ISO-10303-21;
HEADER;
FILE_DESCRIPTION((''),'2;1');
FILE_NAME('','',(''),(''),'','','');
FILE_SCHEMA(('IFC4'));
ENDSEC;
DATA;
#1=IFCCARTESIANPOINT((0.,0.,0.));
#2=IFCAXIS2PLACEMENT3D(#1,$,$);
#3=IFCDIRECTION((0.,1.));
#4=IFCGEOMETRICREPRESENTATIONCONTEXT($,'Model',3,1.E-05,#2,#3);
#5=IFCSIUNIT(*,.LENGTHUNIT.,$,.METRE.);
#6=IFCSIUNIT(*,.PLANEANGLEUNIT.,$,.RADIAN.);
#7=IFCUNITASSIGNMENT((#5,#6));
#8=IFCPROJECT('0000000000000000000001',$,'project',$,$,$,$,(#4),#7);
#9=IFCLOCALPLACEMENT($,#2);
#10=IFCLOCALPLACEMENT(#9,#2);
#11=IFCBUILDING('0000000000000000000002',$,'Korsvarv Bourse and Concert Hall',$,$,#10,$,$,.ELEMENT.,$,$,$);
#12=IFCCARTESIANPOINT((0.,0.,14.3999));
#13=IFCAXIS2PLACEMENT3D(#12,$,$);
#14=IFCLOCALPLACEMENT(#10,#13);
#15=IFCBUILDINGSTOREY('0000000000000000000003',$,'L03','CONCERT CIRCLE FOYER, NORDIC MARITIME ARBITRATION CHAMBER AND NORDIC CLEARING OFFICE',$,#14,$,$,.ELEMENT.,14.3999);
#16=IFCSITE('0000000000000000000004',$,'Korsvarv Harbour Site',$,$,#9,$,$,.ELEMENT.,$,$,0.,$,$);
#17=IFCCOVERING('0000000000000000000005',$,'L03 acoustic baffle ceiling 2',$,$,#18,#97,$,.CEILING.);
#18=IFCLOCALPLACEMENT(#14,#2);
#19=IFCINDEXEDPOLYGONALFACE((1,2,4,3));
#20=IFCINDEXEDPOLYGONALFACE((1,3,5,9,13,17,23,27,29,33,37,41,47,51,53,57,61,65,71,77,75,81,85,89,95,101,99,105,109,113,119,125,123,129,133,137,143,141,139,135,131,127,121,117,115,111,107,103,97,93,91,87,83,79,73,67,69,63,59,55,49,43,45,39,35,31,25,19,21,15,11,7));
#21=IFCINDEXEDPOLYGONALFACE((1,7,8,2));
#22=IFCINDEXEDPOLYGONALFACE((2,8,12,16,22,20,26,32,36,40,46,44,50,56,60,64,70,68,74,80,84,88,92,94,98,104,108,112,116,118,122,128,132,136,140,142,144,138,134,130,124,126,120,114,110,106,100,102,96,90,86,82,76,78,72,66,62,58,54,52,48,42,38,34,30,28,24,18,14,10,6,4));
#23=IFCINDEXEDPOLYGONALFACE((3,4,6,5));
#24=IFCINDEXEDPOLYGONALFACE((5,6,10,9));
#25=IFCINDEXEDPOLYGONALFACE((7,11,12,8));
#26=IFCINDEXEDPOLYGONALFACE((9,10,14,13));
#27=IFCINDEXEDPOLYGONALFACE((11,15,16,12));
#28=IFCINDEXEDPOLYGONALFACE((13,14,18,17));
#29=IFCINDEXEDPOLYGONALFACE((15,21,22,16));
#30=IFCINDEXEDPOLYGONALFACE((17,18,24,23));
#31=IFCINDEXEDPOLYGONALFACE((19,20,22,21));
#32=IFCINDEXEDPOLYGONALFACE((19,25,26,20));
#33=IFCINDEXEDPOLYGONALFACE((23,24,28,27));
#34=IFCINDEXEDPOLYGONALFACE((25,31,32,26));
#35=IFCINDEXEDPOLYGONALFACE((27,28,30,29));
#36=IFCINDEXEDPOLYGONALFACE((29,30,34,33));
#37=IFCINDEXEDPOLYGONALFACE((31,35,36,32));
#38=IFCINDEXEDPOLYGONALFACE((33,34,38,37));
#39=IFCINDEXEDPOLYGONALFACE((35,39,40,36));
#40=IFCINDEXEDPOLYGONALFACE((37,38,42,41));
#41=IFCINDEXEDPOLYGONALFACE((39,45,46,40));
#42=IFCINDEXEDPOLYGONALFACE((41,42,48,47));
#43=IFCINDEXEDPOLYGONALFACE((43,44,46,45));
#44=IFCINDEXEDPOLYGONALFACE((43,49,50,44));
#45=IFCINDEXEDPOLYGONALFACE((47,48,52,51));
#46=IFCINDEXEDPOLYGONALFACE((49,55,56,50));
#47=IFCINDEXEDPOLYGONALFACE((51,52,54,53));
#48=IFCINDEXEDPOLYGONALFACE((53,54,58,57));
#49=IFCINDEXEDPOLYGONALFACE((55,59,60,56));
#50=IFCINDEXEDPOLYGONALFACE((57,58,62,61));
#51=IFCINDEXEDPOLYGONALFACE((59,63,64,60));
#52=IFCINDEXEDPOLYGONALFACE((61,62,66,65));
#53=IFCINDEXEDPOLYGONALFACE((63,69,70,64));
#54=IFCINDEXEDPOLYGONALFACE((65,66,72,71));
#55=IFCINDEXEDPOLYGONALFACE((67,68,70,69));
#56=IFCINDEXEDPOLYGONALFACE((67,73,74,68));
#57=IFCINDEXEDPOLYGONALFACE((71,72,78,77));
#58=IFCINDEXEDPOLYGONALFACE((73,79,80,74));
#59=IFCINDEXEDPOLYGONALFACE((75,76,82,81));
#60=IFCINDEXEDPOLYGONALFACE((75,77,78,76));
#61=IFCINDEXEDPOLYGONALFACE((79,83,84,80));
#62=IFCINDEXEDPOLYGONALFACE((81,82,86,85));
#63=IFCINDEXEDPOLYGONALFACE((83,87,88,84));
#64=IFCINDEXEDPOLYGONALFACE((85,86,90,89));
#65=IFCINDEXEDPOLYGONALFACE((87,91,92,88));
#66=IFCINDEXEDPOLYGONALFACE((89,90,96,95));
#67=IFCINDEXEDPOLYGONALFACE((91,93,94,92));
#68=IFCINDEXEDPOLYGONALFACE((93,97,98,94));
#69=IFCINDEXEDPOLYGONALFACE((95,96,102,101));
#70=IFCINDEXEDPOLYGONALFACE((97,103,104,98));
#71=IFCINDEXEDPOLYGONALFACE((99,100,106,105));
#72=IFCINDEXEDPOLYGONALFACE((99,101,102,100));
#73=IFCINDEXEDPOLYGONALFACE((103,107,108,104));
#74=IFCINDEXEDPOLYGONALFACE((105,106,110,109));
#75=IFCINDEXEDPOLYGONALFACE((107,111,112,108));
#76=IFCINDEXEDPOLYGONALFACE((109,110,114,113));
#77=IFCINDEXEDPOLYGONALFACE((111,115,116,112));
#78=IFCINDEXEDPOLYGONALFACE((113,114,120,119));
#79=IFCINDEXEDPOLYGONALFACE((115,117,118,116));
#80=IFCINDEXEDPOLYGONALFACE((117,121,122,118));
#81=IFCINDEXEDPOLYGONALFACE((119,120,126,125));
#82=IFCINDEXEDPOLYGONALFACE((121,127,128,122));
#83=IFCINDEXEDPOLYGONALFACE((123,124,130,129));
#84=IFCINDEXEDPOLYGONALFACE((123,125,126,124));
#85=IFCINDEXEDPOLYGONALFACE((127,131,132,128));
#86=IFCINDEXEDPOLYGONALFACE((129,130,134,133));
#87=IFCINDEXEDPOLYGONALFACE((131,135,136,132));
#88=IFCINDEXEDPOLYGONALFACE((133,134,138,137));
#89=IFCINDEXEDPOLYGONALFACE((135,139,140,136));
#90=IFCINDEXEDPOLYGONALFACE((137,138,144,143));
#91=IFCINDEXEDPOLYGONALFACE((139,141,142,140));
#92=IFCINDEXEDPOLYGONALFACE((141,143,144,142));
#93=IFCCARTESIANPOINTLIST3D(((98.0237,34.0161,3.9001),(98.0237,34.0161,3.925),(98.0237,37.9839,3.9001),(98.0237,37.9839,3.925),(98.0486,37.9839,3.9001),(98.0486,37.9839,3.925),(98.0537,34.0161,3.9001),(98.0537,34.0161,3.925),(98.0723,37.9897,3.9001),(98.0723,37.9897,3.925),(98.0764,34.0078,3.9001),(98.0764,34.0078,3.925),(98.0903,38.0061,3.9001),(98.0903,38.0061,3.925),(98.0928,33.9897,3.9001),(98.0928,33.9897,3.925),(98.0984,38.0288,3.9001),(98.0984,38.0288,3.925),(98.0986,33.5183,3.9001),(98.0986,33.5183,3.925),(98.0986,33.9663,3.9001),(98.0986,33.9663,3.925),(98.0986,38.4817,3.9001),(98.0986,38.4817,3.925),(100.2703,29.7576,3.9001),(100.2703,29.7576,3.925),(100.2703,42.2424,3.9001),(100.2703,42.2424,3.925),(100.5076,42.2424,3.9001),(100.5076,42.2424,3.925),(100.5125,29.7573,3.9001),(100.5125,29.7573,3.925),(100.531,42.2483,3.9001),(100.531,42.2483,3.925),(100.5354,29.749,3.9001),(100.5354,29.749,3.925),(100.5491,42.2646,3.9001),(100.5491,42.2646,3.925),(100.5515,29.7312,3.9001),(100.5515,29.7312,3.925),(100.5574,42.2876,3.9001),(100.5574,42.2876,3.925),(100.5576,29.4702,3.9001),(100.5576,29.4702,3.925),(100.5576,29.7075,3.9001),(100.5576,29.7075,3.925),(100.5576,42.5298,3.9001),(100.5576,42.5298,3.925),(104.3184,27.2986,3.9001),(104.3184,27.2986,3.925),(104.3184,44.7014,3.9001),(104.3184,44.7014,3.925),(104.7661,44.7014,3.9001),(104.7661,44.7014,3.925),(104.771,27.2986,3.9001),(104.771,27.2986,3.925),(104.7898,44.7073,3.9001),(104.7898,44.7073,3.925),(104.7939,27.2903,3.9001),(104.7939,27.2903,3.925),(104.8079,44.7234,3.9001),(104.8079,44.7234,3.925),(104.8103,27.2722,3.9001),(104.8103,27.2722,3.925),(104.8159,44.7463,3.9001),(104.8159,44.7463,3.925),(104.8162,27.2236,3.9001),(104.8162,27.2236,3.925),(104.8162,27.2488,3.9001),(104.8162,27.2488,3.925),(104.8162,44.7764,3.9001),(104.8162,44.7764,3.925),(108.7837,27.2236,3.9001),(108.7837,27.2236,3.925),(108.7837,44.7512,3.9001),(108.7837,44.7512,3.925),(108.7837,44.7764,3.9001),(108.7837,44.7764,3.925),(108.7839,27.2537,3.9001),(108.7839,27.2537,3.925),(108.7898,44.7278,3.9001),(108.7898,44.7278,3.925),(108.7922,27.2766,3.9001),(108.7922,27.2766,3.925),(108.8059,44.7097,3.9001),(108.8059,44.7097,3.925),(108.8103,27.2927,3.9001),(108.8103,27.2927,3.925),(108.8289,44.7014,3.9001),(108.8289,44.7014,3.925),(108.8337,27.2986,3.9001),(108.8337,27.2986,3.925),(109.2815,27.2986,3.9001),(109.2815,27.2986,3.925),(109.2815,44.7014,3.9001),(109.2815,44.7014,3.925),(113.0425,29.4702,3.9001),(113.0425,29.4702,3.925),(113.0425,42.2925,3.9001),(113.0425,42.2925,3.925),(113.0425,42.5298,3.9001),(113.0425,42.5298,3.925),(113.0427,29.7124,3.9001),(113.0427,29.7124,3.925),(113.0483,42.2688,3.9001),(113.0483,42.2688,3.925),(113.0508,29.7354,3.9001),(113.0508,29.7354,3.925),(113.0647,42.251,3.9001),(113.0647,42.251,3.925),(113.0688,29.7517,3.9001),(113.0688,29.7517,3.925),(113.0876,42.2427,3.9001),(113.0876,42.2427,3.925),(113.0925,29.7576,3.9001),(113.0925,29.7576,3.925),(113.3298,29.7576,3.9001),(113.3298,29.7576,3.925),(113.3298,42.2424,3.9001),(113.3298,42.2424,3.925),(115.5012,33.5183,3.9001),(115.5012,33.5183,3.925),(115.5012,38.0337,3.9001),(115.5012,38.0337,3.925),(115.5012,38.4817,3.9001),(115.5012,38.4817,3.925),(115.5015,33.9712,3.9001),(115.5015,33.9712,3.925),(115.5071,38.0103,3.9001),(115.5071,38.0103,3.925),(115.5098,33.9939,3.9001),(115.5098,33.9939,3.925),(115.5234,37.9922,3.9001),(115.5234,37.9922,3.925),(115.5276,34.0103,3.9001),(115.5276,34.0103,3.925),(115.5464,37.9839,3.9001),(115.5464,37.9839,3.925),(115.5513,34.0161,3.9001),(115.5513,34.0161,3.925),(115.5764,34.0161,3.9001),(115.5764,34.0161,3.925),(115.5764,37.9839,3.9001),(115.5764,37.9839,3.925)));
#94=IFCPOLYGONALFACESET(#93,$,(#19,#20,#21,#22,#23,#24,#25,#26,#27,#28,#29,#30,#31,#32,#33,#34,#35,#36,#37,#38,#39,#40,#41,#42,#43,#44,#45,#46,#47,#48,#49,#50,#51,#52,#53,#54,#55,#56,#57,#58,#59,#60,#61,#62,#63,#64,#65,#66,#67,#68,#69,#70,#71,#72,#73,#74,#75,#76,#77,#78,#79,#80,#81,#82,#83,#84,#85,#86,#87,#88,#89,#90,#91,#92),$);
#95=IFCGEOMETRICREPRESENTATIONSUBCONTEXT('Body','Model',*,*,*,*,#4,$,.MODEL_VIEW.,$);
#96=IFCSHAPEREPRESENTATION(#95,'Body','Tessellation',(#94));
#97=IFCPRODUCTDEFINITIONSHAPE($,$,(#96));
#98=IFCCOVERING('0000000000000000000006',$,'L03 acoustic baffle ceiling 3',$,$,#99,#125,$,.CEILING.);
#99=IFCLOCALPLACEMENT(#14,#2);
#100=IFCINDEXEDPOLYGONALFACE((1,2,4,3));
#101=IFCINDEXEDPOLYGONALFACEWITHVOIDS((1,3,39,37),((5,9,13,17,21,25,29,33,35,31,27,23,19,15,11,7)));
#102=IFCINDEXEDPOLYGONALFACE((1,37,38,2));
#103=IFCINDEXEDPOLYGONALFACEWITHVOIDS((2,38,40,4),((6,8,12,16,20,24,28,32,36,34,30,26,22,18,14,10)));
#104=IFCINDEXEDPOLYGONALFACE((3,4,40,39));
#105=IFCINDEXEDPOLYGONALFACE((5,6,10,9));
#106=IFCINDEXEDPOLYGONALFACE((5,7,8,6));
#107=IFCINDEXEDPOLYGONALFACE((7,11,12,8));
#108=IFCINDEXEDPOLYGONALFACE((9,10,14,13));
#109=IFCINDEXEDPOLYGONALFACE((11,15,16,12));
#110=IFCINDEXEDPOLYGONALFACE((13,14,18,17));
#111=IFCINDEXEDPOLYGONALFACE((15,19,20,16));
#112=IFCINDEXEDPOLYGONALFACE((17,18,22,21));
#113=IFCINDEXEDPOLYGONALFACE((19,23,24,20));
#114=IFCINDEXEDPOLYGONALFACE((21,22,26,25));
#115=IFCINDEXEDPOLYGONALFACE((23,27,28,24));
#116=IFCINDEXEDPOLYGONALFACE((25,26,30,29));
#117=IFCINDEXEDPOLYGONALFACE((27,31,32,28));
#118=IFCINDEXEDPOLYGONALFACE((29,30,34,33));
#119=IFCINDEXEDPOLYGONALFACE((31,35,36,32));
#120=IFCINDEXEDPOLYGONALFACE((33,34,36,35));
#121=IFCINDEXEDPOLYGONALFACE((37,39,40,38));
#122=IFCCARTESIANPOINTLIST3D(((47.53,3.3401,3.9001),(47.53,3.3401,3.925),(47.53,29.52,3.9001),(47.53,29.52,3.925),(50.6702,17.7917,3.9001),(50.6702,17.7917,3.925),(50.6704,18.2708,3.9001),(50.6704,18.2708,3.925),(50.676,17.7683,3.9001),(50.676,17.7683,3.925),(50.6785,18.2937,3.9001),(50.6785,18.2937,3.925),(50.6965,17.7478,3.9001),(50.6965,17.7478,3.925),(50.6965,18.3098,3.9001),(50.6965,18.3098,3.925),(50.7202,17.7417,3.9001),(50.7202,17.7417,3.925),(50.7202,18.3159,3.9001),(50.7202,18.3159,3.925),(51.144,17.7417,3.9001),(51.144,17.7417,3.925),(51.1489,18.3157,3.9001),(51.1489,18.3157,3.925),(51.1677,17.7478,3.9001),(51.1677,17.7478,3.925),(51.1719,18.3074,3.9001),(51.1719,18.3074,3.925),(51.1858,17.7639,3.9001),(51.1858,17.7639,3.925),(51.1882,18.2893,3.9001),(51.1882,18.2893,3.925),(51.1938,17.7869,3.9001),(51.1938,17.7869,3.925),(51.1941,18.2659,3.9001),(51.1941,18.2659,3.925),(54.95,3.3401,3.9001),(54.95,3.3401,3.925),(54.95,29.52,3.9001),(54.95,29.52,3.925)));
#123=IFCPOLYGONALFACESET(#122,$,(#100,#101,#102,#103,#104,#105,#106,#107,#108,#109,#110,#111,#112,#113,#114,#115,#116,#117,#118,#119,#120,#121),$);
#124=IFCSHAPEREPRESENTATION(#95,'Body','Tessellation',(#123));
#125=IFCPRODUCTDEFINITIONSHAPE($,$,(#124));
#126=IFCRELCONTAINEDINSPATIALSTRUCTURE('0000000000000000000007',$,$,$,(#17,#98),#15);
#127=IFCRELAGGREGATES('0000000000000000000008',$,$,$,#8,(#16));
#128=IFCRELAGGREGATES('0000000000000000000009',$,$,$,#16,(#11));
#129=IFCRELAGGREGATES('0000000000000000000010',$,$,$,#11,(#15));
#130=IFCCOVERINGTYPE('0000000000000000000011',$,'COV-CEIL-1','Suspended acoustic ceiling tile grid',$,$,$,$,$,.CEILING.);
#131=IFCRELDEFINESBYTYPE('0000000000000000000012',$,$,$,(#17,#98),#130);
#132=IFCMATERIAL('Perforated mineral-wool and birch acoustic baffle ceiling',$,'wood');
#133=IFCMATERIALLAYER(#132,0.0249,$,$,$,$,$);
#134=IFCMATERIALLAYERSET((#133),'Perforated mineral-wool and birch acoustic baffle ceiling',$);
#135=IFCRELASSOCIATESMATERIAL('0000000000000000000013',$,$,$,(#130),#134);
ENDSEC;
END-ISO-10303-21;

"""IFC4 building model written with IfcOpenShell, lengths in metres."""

from ifc_helpers import new_model, si_unit, direction, frame, origin, place, context, subcontext, project, spatial, polyline, outline, extrude, material, layer, layer_set, type_object, element, save


model = new_model("IFC4")

# Units and contexts
model_context = context("Model", 3, precision=1e-05, world=origin(), true_north=direction((0.0, 1.0)))
body_context = subcontext(model_context, "Body", "Model", "MODEL_VIEW")
ifc_project = project(units=[si_unit("LENGTHUNIT", "METRE"), si_unit("PLANEANGLEUNIT", "RADIAN")], contexts=[model_context])

# Site, building, storey
site_placement = place(None, origin())
site = spatial("IfcSite", under=ifc_project, at=site_placement, Name="Korsvarv Harbour Site", CompositionType="ELEMENT", RefElevation=0.0)
building_placement = place(site_placement, origin())
building = spatial("IfcBuilding", under=site, at=building_placement, Name="Korsvarv Bourse and Concert Hall", CompositionType="ELEMENT")
storey_placement = place(building_placement, frame((0.0, 0.0, 14.3999)))
storey = spatial("IfcBuildingStorey", under=building, at=storey_placement, Name="L03", Description="CONCERT CIRCLE FOYER, NORDIC MARITIME ARBITRATION CHAMBER AND NORDIC CLEARING OFFICE", CompositionType="ELEMENT", Elevation=14.3999)

# Coverings
ifc_material_1 = material(Name="Perforated mineral-wool and birch acoustic baffle ceiling", Category="wood")
ifc_layer_1 = layer(ifc_material_1, 0.0249)
ifc_layer_set_1 = layer_set([ifc_layer_1], Name="Perforated mineral-wool and birch acoustic baffle ceiling")
covering_type_1 = type_object("IfcCoveringType", Name="COV-CEIL-1", Description="Suspended acoustic ceiling tile grid", PredefinedType="CEILING", material=ifc_layer_set_1)
covering_1_placement = place(storey_placement, frame((0.0, 0.0, 3.9001)))
element("IfcCovering", 1, at=covering_1_placement, inside=storey, type_object=covering_type_1, Name="L03 acoustic baffle ceiling 2", PredefinedType="CEILING", context=body_context, shape_type="SweptSolid", body=[
    extrude(outline(polyline([(113.3298, 29.7576), (113.0925, 29.7576), (113.0688, 29.7517), (113.0508, 29.7354), (113.0427, 29.7124), (113.0425, 29.4702), (109.2815, 27.2986), (108.8337, 27.2986), (108.8103, 27.2927), (108.7922, 27.2766), (108.7839, 27.2537), (108.7837, 27.2236), (104.8162, 27.2236), (104.8162, 27.2488), (104.8103, 27.2722), (104.7939, 27.2903), (104.771, 27.2986), (104.3184, 27.2986), (100.5576, 29.4702), (100.5576, 29.7075), (100.5515, 29.7312), (100.5354, 29.749), (100.5125, 29.7573), (100.2703, 29.7576), (98.0986, 33.5183), (98.0986, 33.9663), (98.0928, 33.9897), (98.0764, 34.0078), (98.0537, 34.0161), (98.0237, 34.0161), (98.0237, 37.9839), (98.0486, 37.9839), (98.0723, 37.9897), (98.0903, 38.0061), (98.0984, 38.0288), (98.0986, 38.4817), (100.2703, 42.2424), (100.5076, 42.2424), (100.531, 42.2483), (100.5491, 42.2646), (100.5574, 42.2876), (100.5576, 42.5298), (104.3184, 44.7014), (104.7661, 44.7014), (104.7898, 44.7073), (104.8079, 44.7234), (104.8159, 44.7463), (104.8162, 44.7764), (108.7837, 44.7764), (108.7837, 44.7512), (108.7898, 44.7278), (108.8059, 44.7097), (108.8289, 44.7014), (109.2815, 44.7014), (113.0425, 42.5298), (113.0425, 42.2925), (113.0483, 42.2688), (113.0647, 42.251), (113.0876, 42.2427), (113.3298, 42.2424), (115.5012, 38.4817), (115.5012, 38.0337), (115.5071, 38.0103), (115.5234, 37.9922), (115.5464, 37.9839), (115.5764, 37.9839), (115.5764, 34.0161), (115.5513, 34.0161), (115.5276, 34.0103), (115.5098, 33.9939), (115.5015, 33.9712), (115.5012, 33.5183), (113.3298, 29.7576)])), origin(), (0.0, 0.0, 1.0), 0.0249),
])
covering_2_placement = place(storey_placement, frame((0.0, 0.0, 3.9001)))
element("IfcCovering", 2, at=covering_2_placement, inside=storey, type_object=covering_type_1, Name="L03 acoustic baffle ceiling 3", PredefinedType="CEILING", context=body_context, shape_type="SweptSolid", body=[
    extrude(outline(polyline([(54.95, 3.3401), (47.53, 3.3401), (47.53, 29.52), (54.95, 29.52), (54.95, 3.3401)]), holes=[polyline([(50.6965, 17.7478), (50.7202, 17.7417), (51.144, 17.7417), (51.1677, 17.7478), (51.1858, 17.7639), (51.1938, 17.7869), (51.1941, 18.2659), (51.1882, 18.2893), (51.1719, 18.3074), (51.1489, 18.3157), (50.7202, 18.3159), (50.6965, 18.3098), (50.6785, 18.2937), (50.6704, 18.2708), (50.6702, 17.7917), (50.676, 17.7683), (50.6965, 17.7478)])]), origin(), (0.0, 0.0, 1.0), 0.0249),
])

save(model, "model.ifc")
